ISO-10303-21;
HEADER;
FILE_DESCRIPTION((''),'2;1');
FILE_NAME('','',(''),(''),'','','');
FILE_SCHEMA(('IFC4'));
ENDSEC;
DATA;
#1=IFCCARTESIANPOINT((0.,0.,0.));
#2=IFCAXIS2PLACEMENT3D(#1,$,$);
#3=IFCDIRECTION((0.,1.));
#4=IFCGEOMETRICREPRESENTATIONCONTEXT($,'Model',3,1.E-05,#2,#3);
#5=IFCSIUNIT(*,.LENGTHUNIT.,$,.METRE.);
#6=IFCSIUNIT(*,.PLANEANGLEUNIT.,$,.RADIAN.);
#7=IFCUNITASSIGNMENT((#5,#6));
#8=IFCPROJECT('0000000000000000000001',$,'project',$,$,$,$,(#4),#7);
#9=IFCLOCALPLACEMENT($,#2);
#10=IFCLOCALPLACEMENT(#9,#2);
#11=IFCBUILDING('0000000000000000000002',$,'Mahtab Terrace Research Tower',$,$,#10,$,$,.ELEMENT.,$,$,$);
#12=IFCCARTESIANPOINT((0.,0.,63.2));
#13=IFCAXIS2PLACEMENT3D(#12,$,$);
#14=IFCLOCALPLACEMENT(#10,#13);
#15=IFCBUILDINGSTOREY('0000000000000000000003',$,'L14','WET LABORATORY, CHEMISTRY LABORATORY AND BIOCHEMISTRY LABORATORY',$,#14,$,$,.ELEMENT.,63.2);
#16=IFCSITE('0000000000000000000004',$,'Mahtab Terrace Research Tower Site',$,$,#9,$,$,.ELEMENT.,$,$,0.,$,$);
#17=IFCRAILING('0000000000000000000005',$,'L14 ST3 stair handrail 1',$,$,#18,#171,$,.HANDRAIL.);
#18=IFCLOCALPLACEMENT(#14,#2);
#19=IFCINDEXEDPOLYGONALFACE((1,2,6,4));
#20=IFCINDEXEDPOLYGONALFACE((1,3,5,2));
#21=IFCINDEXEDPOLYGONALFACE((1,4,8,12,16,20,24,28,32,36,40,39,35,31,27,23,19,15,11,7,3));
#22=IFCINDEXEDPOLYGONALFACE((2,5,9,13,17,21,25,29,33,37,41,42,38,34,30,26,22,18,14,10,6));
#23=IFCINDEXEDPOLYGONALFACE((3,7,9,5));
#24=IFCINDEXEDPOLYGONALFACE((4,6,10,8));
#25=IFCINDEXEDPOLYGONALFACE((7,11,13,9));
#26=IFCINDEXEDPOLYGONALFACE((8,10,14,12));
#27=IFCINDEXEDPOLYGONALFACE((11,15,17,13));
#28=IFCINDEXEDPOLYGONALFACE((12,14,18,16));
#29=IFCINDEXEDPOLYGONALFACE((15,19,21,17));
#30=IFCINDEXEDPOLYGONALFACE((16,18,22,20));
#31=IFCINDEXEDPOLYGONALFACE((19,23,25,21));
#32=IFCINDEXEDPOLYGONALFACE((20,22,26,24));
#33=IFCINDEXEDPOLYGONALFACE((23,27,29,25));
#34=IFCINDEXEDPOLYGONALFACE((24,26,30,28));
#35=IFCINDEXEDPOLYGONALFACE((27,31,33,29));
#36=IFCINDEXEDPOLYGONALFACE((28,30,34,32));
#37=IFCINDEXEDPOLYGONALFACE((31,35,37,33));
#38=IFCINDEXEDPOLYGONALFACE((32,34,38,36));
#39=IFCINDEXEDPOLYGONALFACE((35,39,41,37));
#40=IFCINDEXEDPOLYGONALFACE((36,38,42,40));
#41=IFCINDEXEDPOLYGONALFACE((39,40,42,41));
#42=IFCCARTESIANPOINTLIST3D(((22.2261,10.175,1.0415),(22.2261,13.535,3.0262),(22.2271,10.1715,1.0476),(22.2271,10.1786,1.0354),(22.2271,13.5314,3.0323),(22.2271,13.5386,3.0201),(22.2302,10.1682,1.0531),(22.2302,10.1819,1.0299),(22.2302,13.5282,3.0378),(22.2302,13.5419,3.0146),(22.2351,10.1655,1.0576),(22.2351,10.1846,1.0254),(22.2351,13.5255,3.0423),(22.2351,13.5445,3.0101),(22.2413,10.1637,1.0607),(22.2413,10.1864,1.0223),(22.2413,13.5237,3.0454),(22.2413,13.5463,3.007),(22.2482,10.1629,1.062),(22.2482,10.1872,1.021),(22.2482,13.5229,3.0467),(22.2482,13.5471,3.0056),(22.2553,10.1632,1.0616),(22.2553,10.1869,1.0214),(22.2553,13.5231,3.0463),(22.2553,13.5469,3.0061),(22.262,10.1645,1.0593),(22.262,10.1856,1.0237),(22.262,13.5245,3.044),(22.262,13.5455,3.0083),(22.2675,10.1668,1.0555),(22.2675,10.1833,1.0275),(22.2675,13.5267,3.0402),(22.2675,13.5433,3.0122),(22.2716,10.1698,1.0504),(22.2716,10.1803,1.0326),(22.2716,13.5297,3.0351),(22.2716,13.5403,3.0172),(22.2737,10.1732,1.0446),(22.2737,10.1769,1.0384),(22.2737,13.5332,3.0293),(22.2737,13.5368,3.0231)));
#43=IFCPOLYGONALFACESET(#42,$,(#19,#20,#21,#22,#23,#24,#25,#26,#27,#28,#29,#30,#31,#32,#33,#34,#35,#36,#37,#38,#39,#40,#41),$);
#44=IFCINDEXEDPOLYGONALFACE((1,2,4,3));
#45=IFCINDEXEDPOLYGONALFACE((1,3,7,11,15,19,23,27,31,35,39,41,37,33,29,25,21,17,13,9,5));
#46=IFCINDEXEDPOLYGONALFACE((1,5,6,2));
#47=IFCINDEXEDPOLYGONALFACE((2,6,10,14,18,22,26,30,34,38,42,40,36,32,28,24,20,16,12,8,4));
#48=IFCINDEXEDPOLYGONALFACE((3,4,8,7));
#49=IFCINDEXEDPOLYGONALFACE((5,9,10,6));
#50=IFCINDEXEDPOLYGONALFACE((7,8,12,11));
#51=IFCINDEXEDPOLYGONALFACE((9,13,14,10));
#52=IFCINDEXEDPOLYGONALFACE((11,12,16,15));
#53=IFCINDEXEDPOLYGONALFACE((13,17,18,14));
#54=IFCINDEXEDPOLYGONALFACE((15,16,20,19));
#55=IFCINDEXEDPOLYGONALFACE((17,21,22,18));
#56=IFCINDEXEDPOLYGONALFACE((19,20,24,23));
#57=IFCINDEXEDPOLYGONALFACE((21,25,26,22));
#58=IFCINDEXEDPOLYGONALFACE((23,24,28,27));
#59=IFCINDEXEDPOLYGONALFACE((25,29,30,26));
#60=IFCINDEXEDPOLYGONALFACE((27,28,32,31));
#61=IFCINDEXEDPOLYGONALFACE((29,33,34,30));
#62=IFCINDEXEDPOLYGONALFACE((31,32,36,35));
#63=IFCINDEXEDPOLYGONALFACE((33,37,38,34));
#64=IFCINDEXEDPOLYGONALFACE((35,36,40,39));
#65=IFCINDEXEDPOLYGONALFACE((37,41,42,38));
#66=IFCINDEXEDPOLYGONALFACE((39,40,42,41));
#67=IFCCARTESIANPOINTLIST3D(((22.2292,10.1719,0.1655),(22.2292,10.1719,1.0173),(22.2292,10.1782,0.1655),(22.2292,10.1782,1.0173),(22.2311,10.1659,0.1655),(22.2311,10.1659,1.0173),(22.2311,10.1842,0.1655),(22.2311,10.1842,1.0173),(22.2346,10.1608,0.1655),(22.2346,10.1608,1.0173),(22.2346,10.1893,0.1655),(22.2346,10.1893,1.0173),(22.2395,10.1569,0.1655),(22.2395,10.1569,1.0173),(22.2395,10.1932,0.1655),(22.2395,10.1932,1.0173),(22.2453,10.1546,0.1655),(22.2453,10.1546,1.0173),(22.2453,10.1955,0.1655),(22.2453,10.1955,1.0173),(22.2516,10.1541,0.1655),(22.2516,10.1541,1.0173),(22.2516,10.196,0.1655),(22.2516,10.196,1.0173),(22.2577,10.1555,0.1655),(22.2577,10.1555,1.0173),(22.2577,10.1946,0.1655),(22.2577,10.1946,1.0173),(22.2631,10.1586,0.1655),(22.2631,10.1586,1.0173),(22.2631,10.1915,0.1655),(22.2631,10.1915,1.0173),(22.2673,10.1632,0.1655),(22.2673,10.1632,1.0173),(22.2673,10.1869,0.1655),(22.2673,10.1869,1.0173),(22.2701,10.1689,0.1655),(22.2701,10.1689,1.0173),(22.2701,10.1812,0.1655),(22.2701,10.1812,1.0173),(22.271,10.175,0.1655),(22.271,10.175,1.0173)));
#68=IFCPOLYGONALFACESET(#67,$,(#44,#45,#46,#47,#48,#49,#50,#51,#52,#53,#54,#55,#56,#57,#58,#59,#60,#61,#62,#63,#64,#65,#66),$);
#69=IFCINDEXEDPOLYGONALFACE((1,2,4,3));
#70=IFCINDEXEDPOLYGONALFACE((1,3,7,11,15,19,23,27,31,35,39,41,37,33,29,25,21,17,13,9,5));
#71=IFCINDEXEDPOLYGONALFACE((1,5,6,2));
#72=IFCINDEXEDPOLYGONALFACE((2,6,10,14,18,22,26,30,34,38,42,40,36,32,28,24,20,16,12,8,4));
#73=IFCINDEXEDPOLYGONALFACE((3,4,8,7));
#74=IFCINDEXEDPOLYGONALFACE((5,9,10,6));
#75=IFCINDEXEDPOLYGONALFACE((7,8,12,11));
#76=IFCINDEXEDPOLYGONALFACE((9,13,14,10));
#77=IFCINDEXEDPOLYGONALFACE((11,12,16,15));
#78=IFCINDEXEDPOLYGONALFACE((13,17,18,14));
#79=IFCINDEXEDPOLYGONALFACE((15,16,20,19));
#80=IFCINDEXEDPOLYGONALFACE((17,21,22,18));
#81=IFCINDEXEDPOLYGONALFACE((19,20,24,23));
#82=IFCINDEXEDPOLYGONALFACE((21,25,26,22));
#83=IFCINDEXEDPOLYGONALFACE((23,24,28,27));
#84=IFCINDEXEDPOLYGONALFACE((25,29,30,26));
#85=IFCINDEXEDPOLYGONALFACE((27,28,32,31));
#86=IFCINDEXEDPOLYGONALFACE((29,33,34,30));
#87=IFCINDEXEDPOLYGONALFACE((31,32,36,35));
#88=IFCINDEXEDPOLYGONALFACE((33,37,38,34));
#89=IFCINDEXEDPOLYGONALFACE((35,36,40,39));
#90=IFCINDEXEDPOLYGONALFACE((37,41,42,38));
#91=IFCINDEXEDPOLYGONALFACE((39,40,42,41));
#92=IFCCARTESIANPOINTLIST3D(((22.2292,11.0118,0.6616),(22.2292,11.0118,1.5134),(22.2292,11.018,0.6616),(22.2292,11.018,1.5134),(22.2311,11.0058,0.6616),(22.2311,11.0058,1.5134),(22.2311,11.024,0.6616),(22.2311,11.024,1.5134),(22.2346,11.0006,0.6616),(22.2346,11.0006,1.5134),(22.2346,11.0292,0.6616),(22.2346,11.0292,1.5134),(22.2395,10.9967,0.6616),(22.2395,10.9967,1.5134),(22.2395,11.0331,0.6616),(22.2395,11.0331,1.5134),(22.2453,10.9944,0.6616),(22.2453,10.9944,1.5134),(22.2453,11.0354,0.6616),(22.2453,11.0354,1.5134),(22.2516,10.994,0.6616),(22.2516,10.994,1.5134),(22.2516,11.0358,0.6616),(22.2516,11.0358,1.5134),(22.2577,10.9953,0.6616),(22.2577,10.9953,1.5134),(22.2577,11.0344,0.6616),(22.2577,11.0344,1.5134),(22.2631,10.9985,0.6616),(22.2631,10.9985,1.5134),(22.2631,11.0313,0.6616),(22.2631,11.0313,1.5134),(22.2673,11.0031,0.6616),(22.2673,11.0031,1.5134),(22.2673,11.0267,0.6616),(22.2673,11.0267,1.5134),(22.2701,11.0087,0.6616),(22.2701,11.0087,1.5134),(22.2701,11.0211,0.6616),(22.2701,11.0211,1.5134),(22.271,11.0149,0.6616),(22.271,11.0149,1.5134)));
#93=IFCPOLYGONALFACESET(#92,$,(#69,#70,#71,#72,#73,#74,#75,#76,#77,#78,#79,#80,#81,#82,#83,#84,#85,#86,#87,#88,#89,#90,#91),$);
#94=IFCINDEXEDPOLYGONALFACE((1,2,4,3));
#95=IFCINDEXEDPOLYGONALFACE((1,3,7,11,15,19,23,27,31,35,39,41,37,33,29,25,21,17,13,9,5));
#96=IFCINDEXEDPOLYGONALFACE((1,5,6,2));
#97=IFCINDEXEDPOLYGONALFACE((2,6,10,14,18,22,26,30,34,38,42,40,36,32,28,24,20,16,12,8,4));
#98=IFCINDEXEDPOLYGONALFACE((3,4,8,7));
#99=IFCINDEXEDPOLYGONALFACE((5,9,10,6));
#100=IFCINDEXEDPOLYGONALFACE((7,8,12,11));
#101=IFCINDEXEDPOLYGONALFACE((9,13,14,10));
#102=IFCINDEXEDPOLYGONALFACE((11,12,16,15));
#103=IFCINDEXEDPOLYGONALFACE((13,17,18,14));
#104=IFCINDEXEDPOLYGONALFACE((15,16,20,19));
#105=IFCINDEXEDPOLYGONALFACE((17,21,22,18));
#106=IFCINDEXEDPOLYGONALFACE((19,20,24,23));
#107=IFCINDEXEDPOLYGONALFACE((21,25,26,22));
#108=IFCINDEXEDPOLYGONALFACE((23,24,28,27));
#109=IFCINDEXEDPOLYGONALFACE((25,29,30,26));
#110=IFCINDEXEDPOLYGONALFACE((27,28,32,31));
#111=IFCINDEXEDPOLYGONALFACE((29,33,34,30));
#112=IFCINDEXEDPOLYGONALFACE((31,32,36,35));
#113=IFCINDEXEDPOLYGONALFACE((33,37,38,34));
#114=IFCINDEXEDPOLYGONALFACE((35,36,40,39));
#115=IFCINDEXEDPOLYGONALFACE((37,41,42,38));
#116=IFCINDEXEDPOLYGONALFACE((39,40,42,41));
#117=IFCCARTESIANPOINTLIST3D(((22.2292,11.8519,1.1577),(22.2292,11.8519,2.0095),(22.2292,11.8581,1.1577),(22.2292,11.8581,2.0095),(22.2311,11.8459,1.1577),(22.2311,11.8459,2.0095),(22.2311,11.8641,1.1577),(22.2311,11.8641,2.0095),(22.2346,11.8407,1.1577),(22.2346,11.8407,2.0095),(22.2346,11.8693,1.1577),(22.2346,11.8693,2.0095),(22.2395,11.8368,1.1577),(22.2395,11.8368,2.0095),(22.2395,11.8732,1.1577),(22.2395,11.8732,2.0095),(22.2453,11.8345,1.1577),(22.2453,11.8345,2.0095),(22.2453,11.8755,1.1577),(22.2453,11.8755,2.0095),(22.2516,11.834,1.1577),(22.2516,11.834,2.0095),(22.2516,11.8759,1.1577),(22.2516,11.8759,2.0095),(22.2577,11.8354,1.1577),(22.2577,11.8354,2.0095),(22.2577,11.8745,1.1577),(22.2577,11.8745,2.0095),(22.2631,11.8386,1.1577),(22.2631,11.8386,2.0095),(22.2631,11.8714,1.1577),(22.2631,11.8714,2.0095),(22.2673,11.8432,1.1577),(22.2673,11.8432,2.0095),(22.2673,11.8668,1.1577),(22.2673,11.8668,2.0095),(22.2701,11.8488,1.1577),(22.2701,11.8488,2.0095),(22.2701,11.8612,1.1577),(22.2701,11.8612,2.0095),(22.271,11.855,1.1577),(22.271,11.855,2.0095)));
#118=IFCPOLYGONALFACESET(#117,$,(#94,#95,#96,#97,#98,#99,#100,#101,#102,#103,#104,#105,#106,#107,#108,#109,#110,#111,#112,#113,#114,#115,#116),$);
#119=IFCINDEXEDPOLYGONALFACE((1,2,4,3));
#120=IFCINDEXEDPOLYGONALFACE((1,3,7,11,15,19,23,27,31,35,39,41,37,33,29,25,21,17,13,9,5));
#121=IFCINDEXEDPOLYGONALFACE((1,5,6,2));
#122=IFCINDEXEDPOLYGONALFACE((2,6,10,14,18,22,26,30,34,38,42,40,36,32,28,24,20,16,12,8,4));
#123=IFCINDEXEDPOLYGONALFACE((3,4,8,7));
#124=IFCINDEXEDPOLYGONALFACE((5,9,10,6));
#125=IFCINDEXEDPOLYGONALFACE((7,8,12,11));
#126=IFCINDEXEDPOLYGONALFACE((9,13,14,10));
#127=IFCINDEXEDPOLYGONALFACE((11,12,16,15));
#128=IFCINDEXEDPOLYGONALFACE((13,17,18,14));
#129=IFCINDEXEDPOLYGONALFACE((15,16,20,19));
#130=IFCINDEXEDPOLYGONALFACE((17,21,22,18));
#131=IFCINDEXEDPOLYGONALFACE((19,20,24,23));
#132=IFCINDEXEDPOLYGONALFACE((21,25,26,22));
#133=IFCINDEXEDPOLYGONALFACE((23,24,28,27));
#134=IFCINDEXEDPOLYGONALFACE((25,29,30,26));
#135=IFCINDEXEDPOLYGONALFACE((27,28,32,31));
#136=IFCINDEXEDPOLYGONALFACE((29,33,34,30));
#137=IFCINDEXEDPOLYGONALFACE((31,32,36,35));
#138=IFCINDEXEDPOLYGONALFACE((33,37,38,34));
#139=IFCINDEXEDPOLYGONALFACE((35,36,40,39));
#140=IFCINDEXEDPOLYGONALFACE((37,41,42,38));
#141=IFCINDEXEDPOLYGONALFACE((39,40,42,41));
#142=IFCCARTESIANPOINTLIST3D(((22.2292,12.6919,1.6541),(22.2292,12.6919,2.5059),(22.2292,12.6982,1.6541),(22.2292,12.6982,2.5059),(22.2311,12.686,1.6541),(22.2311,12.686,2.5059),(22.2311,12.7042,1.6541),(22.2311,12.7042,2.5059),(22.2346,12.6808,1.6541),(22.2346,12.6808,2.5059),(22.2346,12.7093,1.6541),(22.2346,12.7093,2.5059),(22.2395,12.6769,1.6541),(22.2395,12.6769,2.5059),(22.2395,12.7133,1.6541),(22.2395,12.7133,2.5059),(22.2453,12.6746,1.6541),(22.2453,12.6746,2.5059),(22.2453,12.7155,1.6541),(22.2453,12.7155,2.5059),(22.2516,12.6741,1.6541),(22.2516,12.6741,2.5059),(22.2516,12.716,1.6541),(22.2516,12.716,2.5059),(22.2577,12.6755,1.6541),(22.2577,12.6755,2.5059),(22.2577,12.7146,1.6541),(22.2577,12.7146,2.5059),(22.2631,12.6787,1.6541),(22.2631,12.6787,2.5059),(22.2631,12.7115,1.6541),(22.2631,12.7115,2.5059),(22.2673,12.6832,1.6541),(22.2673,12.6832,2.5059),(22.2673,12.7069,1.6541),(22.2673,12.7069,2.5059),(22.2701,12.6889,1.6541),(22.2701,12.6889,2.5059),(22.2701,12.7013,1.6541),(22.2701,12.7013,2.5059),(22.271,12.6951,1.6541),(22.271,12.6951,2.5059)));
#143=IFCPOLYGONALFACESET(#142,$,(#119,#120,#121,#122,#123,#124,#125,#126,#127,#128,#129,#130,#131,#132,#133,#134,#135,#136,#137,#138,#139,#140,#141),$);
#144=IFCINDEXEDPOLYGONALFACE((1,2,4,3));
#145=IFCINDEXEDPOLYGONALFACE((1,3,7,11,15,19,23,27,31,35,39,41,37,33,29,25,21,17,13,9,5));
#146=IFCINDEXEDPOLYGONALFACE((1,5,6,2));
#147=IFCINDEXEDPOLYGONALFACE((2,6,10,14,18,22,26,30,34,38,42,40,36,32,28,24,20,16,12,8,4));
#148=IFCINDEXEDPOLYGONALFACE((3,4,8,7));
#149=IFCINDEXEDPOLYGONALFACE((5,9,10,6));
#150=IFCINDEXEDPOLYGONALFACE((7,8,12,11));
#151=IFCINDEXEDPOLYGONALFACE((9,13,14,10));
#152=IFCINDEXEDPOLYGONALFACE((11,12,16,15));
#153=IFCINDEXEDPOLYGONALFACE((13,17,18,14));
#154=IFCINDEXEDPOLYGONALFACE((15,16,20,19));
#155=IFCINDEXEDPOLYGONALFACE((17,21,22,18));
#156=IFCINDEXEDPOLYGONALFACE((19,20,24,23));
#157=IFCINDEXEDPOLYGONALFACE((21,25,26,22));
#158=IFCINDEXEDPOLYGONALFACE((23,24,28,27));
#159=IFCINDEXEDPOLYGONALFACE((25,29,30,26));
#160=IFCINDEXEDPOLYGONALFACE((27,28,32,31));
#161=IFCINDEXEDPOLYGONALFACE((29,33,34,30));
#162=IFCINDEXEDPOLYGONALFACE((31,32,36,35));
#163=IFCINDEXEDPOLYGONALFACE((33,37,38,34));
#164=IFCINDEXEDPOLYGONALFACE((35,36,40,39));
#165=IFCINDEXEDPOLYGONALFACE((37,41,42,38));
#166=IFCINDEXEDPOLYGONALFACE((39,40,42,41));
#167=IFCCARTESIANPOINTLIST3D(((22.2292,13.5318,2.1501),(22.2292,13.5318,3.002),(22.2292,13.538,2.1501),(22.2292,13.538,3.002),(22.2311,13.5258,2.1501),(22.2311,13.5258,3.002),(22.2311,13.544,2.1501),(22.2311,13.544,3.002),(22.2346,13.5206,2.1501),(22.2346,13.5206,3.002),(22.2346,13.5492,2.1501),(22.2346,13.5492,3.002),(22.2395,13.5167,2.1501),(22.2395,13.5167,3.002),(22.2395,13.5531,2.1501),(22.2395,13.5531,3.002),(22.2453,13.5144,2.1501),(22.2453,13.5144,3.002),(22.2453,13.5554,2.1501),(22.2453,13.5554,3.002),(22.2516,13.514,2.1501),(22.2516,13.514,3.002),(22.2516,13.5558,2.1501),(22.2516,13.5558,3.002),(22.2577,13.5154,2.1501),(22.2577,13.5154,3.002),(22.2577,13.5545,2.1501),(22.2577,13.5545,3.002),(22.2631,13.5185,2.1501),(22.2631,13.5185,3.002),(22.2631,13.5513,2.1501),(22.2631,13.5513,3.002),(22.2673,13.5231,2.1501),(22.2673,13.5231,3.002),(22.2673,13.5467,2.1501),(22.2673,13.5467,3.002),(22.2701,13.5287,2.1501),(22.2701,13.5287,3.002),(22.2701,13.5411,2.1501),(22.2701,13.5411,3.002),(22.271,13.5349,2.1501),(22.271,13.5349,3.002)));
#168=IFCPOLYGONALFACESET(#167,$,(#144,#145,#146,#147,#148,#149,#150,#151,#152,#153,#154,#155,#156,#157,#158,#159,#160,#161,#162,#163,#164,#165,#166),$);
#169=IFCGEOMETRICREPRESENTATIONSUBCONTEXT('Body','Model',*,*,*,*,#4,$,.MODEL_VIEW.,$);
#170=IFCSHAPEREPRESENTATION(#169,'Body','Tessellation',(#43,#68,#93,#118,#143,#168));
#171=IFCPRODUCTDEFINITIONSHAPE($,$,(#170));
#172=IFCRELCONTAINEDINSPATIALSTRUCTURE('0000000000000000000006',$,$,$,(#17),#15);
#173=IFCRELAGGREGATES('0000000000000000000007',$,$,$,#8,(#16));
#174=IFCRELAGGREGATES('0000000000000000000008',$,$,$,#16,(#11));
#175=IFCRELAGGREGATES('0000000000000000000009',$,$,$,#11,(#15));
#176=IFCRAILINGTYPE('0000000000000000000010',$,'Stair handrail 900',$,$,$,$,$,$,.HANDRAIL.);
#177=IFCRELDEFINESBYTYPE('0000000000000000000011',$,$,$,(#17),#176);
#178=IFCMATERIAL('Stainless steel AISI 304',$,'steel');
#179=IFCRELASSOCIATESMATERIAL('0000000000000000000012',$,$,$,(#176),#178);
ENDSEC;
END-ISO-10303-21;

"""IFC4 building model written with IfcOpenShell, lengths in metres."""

from ifc_helpers import new_model, si_unit, direction, frame, origin, origin_2d, place, context, subcontext, project, spatial, circle, extrude, material, type_object, element, save


model = new_model("IFC4")

# Units and contexts
model_context = context("Model", 3, precision=1e-05, world=origin(), true_north=direction((0.0, 1.0)))
body_context = subcontext(model_context, "Body", "Model", "MODEL_VIEW")
ifc_project = project(units=[si_unit("LENGTHUNIT", "METRE"), si_unit("PLANEANGLEUNIT", "RADIAN")], contexts=[model_context])

# Site, building, storey
site_placement = place(None, origin())
site = spatial("IfcSite", under=ifc_project, at=site_placement, Name="Mahtab Terrace Research Tower Site", CompositionType="ELEMENT", RefElevation=0.0)
building_placement = place(site_placement, origin())
building = spatial("IfcBuilding", under=site, at=building_placement, Name="Mahtab Terrace Research Tower", CompositionType="ELEMENT")
storey_placement = place(building_placement, frame((0.0, 0.0, 63.2)))
storey = spatial("IfcBuildingStorey", under=building, at=storey_placement, Name="L14", Description="WET LABORATORY, CHEMISTRY LABORATORY AND BIOCHEMISTRY LABORATORY", CompositionType="ELEMENT", Elevation=63.2)

# Shared definitions
ifc_material_1 = material(Name="Stainless steel AISI 304", Category="steel")

# Railing
railing_type_1 = type_object("IfcRailingType", Name="Stair handrail 900", PredefinedType="HANDRAIL", material=ifc_material_1)
railing_1_placement = place(storey_placement, frame((22.25, 10.175, 0.1655)))
element("IfcRailing", 1, at=railing_1_placement, inside=storey, type_object=railing_type_1, Name="L14 ST3 stair handrail 1", PredefinedType="HANDRAIL", context=body_context, shape_type="SweptSolid", body=[
    extrude(circle(Radius=0.0239, at=origin_2d()), frame((0.0, 0.0, 0.876), z_axis=(0.0, 0.861011, 0.508586), x_axis=(-1.0, 0.0, 0.0)), (0.0, 0.0, 1.0), 3.9023),
    extrude(circle(Radius=0.021, at=origin_2d()), origin(), (0.0, 0.0, 1.0), 0.8518),
    extrude(circle(Radius=0.021, at=origin_2d()), frame((0.0, 0.8398, 0.4961)), (0.0, 0.0, 1.0), 0.8518),
    extrude(circle(Radius=0.021, at=origin_2d()), frame((0.0, 1.6799, 0.9922)), (0.0, 0.0, 1.0), 0.8518),
    extrude(circle(Radius=0.021, at=origin_2d()), frame((0.0, 2.52, 1.4885)), (0.0, 0.0, 1.0), 0.8518),
    extrude(circle(Radius=0.021, at=origin_2d()), frame((0.0, 3.3599, 1.9846)), (0.0, 0.0, 1.0), 0.8518),
])

save(model, "model.ifc")
